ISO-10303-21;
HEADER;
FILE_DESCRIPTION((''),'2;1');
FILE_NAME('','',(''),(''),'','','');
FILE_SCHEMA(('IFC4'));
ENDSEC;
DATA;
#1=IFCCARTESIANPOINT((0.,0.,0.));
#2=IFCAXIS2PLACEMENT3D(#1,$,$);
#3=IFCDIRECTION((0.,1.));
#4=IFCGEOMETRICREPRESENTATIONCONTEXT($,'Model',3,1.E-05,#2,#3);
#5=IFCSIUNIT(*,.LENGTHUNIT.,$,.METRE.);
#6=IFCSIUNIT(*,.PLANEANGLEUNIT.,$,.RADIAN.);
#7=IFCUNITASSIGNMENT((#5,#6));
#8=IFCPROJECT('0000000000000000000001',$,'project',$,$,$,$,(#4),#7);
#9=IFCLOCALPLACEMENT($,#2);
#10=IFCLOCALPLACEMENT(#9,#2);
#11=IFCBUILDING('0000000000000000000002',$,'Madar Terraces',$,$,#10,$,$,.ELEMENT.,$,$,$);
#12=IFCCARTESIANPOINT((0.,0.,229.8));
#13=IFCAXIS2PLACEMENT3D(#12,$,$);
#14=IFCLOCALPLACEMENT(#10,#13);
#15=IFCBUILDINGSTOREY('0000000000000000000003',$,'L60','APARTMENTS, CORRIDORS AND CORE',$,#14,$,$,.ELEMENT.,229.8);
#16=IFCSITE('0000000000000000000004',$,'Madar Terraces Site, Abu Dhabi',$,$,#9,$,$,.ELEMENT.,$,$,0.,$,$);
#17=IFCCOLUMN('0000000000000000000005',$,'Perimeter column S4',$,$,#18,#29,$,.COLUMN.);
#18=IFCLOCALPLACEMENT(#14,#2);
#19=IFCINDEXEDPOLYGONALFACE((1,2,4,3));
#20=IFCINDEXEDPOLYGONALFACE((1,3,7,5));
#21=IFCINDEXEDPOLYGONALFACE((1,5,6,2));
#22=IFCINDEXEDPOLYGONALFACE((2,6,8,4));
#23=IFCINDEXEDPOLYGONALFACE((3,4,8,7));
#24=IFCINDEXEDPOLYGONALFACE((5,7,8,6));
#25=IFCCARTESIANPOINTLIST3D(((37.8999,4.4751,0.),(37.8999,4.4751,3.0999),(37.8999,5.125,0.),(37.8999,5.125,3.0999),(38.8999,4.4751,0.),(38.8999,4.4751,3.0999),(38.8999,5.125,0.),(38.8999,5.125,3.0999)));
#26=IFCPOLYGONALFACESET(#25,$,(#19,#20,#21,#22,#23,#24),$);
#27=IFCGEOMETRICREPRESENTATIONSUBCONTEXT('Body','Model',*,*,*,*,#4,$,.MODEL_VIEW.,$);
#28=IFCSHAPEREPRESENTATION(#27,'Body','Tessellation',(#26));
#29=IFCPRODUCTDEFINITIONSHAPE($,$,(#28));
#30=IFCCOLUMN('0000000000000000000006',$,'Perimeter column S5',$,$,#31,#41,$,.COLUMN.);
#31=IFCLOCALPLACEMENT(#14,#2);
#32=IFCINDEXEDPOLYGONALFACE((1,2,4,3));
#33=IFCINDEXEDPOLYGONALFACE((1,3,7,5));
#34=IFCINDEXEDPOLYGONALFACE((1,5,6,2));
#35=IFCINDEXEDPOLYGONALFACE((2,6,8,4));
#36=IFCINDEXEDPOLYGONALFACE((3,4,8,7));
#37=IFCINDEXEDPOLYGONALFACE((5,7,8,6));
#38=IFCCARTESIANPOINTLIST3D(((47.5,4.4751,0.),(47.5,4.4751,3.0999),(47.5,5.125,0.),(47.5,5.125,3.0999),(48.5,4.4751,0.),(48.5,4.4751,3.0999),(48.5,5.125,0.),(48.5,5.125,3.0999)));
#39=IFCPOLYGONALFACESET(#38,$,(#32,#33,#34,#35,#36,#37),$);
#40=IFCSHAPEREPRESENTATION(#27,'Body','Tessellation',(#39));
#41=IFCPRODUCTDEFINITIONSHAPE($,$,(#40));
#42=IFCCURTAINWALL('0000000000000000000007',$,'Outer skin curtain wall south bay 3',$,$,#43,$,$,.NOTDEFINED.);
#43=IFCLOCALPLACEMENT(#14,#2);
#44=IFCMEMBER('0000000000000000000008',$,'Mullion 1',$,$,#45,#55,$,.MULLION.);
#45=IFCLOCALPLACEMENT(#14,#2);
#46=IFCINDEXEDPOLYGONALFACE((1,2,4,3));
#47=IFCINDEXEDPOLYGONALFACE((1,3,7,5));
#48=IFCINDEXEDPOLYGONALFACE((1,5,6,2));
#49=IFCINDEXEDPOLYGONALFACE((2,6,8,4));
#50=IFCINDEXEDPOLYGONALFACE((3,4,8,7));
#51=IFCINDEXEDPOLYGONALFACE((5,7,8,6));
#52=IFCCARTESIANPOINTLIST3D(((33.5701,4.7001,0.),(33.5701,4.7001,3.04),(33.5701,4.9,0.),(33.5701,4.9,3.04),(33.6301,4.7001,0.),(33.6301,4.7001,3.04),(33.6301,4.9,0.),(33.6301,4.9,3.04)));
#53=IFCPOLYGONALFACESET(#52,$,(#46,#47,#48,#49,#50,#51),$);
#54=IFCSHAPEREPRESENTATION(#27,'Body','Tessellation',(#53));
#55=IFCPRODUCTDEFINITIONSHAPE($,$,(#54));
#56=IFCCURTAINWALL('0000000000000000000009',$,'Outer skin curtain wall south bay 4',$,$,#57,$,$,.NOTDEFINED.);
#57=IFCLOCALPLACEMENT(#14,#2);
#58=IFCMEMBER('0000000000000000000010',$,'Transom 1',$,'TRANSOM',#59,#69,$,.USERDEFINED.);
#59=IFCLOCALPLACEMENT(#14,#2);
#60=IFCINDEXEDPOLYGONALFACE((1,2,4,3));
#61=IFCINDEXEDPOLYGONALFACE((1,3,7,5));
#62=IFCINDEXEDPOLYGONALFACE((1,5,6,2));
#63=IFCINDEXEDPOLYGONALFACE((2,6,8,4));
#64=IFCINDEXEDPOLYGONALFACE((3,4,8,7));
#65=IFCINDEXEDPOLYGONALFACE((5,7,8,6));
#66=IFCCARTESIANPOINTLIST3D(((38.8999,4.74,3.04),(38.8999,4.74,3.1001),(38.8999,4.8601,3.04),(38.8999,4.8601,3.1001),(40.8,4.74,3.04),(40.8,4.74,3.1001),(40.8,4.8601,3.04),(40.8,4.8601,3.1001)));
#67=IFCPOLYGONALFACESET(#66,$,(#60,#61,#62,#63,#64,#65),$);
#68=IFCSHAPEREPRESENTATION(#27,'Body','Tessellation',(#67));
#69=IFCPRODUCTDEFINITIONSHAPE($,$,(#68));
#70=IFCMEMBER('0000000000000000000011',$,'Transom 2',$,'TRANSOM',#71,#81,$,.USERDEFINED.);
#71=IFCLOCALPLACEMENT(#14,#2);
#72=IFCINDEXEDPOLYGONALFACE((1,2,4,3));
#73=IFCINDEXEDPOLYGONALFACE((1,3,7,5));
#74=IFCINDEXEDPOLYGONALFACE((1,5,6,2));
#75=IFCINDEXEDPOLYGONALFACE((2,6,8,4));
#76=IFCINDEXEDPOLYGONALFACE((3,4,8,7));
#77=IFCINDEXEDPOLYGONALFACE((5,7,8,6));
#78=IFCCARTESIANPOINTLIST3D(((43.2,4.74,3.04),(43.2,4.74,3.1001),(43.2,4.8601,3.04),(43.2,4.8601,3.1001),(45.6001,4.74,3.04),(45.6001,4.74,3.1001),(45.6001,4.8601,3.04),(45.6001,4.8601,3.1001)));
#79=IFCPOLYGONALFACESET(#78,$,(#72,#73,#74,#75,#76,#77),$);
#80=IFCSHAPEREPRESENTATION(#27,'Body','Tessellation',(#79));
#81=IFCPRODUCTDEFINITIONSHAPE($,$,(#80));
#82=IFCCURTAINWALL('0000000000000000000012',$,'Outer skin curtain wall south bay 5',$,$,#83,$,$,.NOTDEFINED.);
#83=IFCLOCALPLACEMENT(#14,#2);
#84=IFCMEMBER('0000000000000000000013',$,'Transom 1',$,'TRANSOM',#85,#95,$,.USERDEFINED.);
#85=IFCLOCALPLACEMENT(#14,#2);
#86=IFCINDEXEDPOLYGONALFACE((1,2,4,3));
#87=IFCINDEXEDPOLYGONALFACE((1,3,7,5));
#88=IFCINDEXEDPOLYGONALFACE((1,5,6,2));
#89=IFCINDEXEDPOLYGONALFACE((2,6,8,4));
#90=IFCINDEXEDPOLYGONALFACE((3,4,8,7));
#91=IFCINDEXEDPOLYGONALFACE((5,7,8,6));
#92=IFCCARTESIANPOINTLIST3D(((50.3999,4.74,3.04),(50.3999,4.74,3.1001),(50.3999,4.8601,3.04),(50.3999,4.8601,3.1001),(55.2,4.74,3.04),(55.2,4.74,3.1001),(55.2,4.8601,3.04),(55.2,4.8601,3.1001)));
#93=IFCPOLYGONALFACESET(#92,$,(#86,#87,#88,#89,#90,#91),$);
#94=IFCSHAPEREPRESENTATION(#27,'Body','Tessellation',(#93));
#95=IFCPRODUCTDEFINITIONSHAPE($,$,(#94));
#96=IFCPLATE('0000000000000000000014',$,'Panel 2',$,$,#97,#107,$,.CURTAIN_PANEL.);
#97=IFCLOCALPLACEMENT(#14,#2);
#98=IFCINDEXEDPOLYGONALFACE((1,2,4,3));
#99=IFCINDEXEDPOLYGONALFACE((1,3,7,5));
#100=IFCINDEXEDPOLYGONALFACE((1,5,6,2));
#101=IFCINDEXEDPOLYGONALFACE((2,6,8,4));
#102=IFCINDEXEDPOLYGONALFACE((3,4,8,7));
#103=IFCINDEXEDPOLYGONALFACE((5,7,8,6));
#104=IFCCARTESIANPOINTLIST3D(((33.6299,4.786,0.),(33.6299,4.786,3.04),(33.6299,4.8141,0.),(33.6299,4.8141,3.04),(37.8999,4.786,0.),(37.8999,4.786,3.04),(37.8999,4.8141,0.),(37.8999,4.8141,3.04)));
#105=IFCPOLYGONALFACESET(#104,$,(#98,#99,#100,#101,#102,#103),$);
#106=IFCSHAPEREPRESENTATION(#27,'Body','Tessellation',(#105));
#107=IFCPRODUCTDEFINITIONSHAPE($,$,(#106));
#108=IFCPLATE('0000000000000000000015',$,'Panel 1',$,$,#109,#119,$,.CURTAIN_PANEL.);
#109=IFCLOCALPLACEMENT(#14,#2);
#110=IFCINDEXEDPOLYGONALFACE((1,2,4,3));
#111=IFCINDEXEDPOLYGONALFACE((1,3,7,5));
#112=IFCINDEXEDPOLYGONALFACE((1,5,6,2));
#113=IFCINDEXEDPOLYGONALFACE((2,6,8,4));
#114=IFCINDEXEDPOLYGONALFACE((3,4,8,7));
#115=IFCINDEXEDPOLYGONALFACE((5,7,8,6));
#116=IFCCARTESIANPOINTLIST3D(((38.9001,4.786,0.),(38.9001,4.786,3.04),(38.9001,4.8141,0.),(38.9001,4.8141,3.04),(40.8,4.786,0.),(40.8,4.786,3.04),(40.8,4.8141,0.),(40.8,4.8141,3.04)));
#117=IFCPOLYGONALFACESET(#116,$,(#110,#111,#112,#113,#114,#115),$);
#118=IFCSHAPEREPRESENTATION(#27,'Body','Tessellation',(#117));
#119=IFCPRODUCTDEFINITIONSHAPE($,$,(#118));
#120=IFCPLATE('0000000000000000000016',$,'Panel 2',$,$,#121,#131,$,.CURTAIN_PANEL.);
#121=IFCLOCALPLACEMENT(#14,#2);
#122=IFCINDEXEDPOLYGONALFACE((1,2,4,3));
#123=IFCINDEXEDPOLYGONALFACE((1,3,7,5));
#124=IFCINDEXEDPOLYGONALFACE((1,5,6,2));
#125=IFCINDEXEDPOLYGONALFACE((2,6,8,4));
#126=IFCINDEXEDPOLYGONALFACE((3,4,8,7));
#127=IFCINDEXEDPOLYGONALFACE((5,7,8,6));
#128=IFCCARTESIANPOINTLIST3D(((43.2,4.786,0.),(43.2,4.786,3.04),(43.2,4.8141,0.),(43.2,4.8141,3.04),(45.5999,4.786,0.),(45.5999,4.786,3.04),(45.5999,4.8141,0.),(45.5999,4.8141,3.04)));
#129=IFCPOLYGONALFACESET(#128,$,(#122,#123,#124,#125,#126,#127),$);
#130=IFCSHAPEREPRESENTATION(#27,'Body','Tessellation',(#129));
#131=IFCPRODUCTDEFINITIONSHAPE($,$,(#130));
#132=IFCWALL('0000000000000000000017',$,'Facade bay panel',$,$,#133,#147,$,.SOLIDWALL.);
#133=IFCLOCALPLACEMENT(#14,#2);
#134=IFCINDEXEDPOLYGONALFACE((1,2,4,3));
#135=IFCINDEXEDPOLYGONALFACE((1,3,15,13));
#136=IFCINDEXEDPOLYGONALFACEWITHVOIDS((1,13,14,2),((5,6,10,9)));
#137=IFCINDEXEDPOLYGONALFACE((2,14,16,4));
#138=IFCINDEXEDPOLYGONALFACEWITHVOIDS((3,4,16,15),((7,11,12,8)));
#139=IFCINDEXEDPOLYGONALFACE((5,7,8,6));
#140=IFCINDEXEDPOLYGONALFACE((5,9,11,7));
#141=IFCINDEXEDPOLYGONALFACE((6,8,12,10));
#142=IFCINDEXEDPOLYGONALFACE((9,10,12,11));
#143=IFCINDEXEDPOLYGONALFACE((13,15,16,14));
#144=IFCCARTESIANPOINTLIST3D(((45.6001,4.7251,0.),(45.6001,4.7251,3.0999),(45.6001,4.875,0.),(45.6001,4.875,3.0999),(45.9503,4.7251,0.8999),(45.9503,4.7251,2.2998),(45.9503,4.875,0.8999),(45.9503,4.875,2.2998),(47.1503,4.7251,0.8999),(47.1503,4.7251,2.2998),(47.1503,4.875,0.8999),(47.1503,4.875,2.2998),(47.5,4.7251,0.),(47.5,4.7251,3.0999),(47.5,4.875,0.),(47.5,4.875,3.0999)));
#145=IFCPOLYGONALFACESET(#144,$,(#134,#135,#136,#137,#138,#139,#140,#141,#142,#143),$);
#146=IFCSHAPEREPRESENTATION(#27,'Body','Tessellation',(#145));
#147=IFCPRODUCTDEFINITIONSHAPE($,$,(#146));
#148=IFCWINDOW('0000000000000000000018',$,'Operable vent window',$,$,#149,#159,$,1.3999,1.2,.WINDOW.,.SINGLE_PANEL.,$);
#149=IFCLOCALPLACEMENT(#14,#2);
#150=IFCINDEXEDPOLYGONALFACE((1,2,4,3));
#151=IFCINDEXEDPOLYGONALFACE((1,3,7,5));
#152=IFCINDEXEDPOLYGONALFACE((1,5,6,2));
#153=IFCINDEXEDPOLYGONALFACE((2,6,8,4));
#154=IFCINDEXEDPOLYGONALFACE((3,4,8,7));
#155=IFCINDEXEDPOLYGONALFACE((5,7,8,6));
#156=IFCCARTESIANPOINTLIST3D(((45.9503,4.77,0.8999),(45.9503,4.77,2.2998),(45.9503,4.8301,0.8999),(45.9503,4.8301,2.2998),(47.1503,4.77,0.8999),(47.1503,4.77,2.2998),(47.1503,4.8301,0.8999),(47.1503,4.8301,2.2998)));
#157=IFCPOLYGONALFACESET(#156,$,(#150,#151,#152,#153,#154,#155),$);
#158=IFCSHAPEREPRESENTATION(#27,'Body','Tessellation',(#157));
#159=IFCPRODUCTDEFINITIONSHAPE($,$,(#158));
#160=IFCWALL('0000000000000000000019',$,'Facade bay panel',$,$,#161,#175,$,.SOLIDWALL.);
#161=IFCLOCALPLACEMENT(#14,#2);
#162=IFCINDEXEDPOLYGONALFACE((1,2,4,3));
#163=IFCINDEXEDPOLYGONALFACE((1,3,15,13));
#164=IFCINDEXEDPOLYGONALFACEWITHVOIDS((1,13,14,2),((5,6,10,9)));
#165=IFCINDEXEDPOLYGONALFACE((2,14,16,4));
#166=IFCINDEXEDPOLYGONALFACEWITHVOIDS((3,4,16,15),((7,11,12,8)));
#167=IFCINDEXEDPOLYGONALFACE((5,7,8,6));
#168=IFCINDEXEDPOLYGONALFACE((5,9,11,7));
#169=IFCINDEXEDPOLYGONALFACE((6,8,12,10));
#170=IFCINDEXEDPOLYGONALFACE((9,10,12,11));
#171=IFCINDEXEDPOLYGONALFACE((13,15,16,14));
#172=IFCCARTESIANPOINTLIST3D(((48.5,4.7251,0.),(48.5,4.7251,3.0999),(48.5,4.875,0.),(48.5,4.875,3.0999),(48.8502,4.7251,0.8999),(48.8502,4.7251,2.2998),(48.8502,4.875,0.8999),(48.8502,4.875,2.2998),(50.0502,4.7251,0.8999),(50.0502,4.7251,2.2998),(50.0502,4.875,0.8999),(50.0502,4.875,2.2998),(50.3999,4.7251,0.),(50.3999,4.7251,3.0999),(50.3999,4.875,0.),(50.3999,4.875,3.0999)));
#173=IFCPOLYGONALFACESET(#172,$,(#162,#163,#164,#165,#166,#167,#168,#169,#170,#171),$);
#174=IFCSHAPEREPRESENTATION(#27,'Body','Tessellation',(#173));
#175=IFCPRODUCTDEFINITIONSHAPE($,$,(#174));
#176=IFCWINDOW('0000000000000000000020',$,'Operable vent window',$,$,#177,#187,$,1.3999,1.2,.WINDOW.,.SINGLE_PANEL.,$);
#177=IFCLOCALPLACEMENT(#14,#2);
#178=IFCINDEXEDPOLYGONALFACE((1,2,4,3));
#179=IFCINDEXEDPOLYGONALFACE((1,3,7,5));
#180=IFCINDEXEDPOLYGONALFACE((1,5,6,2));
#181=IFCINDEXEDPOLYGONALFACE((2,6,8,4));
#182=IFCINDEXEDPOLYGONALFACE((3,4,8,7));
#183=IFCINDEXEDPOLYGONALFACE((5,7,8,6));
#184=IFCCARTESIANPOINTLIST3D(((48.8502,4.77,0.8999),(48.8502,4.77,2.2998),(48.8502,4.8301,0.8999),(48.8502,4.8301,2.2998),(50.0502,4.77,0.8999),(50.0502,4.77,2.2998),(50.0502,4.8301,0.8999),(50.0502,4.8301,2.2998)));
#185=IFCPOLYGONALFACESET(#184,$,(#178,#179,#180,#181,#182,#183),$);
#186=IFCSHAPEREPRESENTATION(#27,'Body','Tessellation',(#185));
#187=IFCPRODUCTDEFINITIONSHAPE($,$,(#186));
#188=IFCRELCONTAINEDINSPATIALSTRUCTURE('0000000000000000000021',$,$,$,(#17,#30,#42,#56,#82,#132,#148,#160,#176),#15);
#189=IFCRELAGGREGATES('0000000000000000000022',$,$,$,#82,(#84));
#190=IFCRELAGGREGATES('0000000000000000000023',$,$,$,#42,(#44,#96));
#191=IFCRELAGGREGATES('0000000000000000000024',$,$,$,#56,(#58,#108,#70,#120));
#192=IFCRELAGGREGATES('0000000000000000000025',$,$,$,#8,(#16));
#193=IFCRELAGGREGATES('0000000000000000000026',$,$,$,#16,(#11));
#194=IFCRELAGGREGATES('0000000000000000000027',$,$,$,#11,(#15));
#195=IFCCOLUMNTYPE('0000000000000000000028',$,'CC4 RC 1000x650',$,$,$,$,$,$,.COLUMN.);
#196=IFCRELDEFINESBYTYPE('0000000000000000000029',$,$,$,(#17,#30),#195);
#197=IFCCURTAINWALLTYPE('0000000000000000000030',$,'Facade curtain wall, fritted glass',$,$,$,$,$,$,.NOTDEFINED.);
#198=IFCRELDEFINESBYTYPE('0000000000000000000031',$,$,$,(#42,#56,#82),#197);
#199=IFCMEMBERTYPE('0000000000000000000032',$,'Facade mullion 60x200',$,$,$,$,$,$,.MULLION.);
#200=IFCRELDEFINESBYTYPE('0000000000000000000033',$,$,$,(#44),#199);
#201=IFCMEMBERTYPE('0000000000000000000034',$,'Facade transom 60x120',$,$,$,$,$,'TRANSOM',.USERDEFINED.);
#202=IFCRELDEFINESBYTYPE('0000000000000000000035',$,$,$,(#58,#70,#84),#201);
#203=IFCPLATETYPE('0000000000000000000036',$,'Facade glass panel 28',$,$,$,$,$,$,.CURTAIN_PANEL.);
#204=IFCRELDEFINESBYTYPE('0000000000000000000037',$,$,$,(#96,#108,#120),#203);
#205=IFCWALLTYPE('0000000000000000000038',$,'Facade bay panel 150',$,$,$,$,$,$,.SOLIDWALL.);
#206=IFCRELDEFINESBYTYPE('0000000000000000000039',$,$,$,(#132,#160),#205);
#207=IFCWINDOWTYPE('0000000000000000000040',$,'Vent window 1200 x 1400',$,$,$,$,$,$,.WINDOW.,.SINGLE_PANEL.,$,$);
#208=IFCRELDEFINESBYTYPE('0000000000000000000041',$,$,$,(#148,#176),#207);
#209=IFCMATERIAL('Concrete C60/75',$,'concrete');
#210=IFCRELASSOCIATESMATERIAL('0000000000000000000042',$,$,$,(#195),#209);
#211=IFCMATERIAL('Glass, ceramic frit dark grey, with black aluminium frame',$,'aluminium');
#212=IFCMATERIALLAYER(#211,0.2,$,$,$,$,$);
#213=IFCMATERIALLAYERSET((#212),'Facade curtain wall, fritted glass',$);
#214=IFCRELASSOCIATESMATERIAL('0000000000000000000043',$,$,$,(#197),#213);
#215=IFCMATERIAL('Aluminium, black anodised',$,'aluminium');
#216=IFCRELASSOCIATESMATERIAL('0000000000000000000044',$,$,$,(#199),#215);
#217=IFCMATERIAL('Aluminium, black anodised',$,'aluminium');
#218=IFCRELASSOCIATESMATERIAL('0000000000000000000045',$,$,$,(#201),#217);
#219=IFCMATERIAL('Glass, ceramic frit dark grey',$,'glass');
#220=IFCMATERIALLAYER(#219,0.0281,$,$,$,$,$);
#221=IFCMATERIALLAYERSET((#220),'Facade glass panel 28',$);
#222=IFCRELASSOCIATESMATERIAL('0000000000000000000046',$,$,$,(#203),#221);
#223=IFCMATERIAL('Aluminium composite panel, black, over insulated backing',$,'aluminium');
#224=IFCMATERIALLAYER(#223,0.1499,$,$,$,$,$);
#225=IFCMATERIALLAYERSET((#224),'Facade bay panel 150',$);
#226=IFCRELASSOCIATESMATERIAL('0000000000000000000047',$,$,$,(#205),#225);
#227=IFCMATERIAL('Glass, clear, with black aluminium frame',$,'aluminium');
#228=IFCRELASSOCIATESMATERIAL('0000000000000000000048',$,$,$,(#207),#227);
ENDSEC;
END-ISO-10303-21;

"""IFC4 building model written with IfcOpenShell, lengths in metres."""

from ifc_helpers import new_model, si_unit, direction, frame, frame_2d, origin, origin_2d, place, context, subcontext, project, spatial, rectangle, extrude, material, layer, layer_set, material_profile, profile_set, type_object, element, fill, aggregate, save


model = new_model("IFC4")

# Units and contexts
model_context = context("Model", 3, precision=1e-05, world=origin(), true_north=direction((0.0, 1.0)))
body_context = subcontext(model_context, "Body", "Model", "MODEL_VIEW")
ifc_project = project(units=[si_unit("LENGTHUNIT", "METRE"), si_unit("PLANEANGLEUNIT", "RADIAN")], contexts=[model_context])

# Site, building, storey
site_placement = place(None, origin())
site = spatial("IfcSite", under=ifc_project, at=site_placement, Name="Madar Terraces Site, Abu Dhabi", CompositionType="ELEMENT", RefElevation=0.0)
building_placement = place(site_placement, origin())
building = spatial("IfcBuilding", under=site, at=building_placement, Name="Madar Terraces", CompositionType="ELEMENT")
storey_placement = place(building_placement, frame((0.0, 0.0, 229.8)))
storey = spatial("IfcBuildingStorey", under=building, at=storey_placement, Name="L60", Description="APARTMENTS, CORRIDORS AND CORE", CompositionType="ELEMENT", Elevation=229.8)

# Columns
ifc_material_1 = material(Name="Concrete C60/75", Category="concrete")
ifc_material_profile_1 = material_profile(ifc_material_1, rectangle(XDim=1.0, YDim=0.6499, at=origin_2d()), Name="CC4 RC 1000x650")
ifc_profile_set_1 = profile_set([ifc_material_profile_1], Name="Concrete C60/75")
column_type = type_object("IfcColumnType", Name="CC4 RC 1000x650", PredefinedType="COLUMN", material=ifc_profile_set_1)
for number, where, z_axis, x_axis, name in (
    (1, (38.3999, 4.8, 0.0), (0.0, 0.0, 1.0), (1.0, 0.0, 0.0), "Perimeter column S4"),
    (2, (48.0, 4.8, 0.0), (0.0, 0.0, 1.0), (1.0, 0.0, 0.0), "Perimeter column S5"),
):
    element("IfcColumn", number, at=place(storey_placement, frame(where, z_axis=z_axis, x_axis=x_axis)), inside=storey, type_object=column_type, Name=name, PredefinedType="COLUMN", context=body_context, shape_type="SweptSolid", body=[
        extrude(rectangle(XDim=1.0, YDim=0.6499, at=origin_2d()), origin(), (0.0, 0.0, 1.0), 3.0999),
    ])

# Curtain wall, member
ifc_material_2 = material(Name="Glass, ceramic frit dark grey, with black aluminium frame", Category="aluminium")
ifc_layer_1 = layer(ifc_material_2, 0.2)
ifc_layer_set_1 = layer_set([ifc_layer_1], Name="Facade curtain wall, fritted glass")
curtain_wall_type = type_object("IfcCurtainWallType", Name="Facade curtain wall, fritted glass", PredefinedType="NOTDEFINED", material=ifc_layer_set_1)
curtain_wall_1_placement = place(storey_placement, origin())
curtain_wall_1 = element("IfcCurtainWall", 3, at=curtain_wall_1_placement, inside=storey, type_object=curtain_wall_type, Name="Outer skin curtain wall south bay 3", PredefinedType="NOTDEFINED")
ifc_material_3 = material(Name="Aluminium, black anodised", Category="aluminium")
ifc_material_profile_2 = material_profile(ifc_material_3, rectangle(XDim=0.2, YDim=0.0601, at=origin_2d()), Name="Facade mullion 60x200")
ifc_profile_set_2 = profile_set([ifc_material_profile_2], Name="Aluminium, black anodised")
member_type_1 = type_object("IfcMemberType", Name="Facade mullion 60x200", PredefinedType="MULLION", material=ifc_profile_set_2)
member_1_placement = place(storey_placement, frame((33.6001, 4.8, 0.0), z_axis=(0.0, 0.0, 1.0), x_axis=(0.0, 1.0, 0.0)))
member_1 = element("IfcMember", 4, at=member_1_placement, type_object=member_type_1, Name="Mullion 1", PredefinedType="MULLION", context=body_context, shape_type="SweptSolid", body=[
    extrude(rectangle(XDim=0.2, YDim=0.0601, at=origin_2d()), origin(), (0.0, 0.0, 1.0), 3.04),
])

# Curtain wall, members
curtain_wall_2_placement = place(storey_placement, origin())
curtain_wall_2 = element("IfcCurtainWall", 5, at=curtain_wall_2_placement, inside=storey, type_object=curtain_wall_type, Name="Outer skin curtain wall south bay 4", PredefinedType="NOTDEFINED")
ifc_material_4 = material(Name="Aluminium, black anodised", Category="aluminium")
ifc_material_profile_3 = material_profile(ifc_material_4, rectangle(XDim=0.1201, YDim=0.0601, at=origin_2d()), Name="Facade transom 60x120")
ifc_profile_set_3 = profile_set([ifc_material_profile_3], Name="Aluminium, black anodised")
member_type_2 = type_object("IfcMemberType", Name="Facade transom 60x120", ElementType="TRANSOM", PredefinedType="USERDEFINED", material=ifc_profile_set_3)
member_2_placement = place(storey_placement, frame((38.8999, 4.8, 3.0701), z_axis=(1.0, 0.0, 0.0), x_axis=(0.0, 1.0, 0.0)))
member_2 = element("IfcMember", 6, at=member_2_placement, type_object=member_type_2, Name="Transom 1", ObjectType="TRANSOM", PredefinedType="USERDEFINED", context=body_context, shape_type="SweptSolid", body=[
    extrude(rectangle(XDim=0.1201, YDim=0.0601, at=origin_2d()), origin(), (0.0, 0.0, 1.0), 1.9001),
])
member_3_placement = place(storey_placement, frame((43.2, 4.8, 3.0701), z_axis=(1.0, 0.0, 0.0), x_axis=(0.0, 1.0, 0.0)))
member_3 = element("IfcMember", 7, at=member_3_placement, type_object=member_type_2, Name="Transom 2", ObjectType="TRANSOM", PredefinedType="USERDEFINED", context=body_context, shape_type="SweptSolid", body=[
    extrude(rectangle(XDim=0.1201, YDim=0.0601, at=origin_2d()), origin(), (0.0, 0.0, 1.0), 2.4001),
])

# Curtain wall, member
curtain_wall_3_placement = place(storey_placement, origin())
curtain_wall_3 = element("IfcCurtainWall", 8, at=curtain_wall_3_placement, inside=storey, type_object=curtain_wall_type, Name="Outer skin curtain wall south bay 5", PredefinedType="NOTDEFINED")
member_4_placement = place(storey_placement, frame((50.3999, 4.8, 3.0701), z_axis=(1.0, 0.0, 0.0), x_axis=(0.0, 1.0, 0.0)))
member_4 = element("IfcMember", 9, at=member_4_placement, type_object=member_type_2, Name="Transom 1", ObjectType="TRANSOM", PredefinedType="USERDEFINED", context=body_context, shape_type="SweptSolid", body=[
    extrude(rectangle(XDim=0.1201, YDim=0.0601, at=origin_2d()), origin(), (0.0, 0.0, 1.0), 4.8),
])
aggregate(curtain_wall_3, [member_4])

# Plates
ifc_material_5 = material(Name="Glass, ceramic frit dark grey", Category="glass")
ifc_layer_2 = layer(ifc_material_5, 0.0281)
ifc_layer_set_2 = layer_set([ifc_layer_2], Name="Facade glass panel 28")
plate_type = type_object("IfcPlateType", Name="Facade glass panel 28", PredefinedType="CURTAIN_PANEL", material=ifc_layer_set_2)
plate_1_placement = place(storey_placement, frame((35.7649, 4.8, 0.0), z_axis=(0.0, 0.0, 1.0), x_axis=(1.0, 0.0, 0.0)))
plate_1 = element("IfcPlate", 10, at=plate_1_placement, type_object=plate_type, Name="Panel 2", PredefinedType="CURTAIN_PANEL", context=body_context, shape_type="SweptSolid", body=[
    extrude(rectangle(XDim=4.27, YDim=0.0281, at=origin_2d()), origin(), (0.0, 0.0, 1.0), 3.04),
])
aggregate(curtain_wall_1, [member_1, plate_1])
plate_2_placement = place(storey_placement, frame((39.8501, 4.8, 0.0), z_axis=(0.0, 0.0, 1.0), x_axis=(1.0, 0.0, 0.0)))
plate_2 = element("IfcPlate", 11, at=plate_2_placement, type_object=plate_type, Name="Panel 1", PredefinedType="CURTAIN_PANEL", context=body_context, shape_type="SweptSolid", body=[
    extrude(rectangle(XDim=1.8999, YDim=0.0281, at=origin_2d()), origin(), (0.0, 0.0, 1.0), 3.04),
])
plate_3_placement = place(storey_placement, frame((44.3999, 4.8, 0.0), z_axis=(0.0, 0.0, 1.0), x_axis=(1.0, 0.0, 0.0)))
plate_3 = element("IfcPlate", 12, at=plate_3_placement, type_object=plate_type, Name="Panel 2", PredefinedType="CURTAIN_PANEL", context=body_context, shape_type="SweptSolid", body=[
    extrude(rectangle(XDim=2.3999, YDim=0.0281, at=origin_2d()), origin(), (0.0, 0.0, 1.0), 3.04),
])
aggregate(curtain_wall_2, [member_2, plate_2, member_3, plate_3])

# Shared definitions
ifc_material_6 = material(Name="Aluminium composite panel, black, over insulated backing", Category="aluminium")
ifc_layer_3 = layer(ifc_material_6, 0.1499)
ifc_layer_set_3 = layer_set([ifc_layer_3], Name="Facade bay panel 150")
wall_type_1 = type_object("IfcWallType", Name="Facade bay panel 150", PredefinedType="SOLIDWALL", material=ifc_layer_set_3)

# Walls, openings, windows
wall_1_placement = place(storey_placement, frame((45.6001, 4.8, 0.0), z_axis=(0.0, 0.0, 1.0), x_axis=(1.0, 0.0, 0.0)))
wall_1 = element("IfcWall", 13, at=wall_1_placement, inside=storey, type_object=wall_type_1, Name="Facade bay panel", PredefinedType="SOLIDWALL", context=body_context, shape_type="SweptSolid", body=[
    extrude(rectangle(XDim=1.8999, YDim=0.1499, at=frame_2d((0.95, 0.0))), origin(), (0.0, 0.0, 1.0), 3.0999),
])
opening_1_placement = place(wall_1_placement, frame((0.3501, 0.0, 0.8999)))
opening_1 = element("IfcOpeningElement", 14, at=opening_1_placement, cuts=wall_1, PredefinedType="OPENING", context=body_context, shape_type="SweptSolid", body=[
    extrude(rectangle(XDim=1.2, YDim=1.3999, at=frame_2d((0.6001, 0.7))), frame((0.0, 0.085, 0.0), z_axis=(0.0, -1.0, 0.0), x_axis=(1.0, 0.0, 0.0)), (0.0, 0.0, 1.0), 0.1699),
])
ifc_material_7 = material(Name="Glass, clear, with black aluminium frame", Category="aluminium")
window_type = type_object("IfcWindowType", Name="Vent window 1200 x 1400", PartitioningType="SINGLE_PANEL", PredefinedType="WINDOW", material=ifc_material_7)
window_1_placement = place(opening_1_placement, origin())
window_1 = element("IfcWindow", 15, at=window_1_placement, inside=storey, type_object=window_type, Name="Operable vent window", OverallHeight=1.3999, OverallWidth=1.2, PartitioningType="SINGLE_PANEL", PredefinedType="WINDOW", context=body_context, shape_type="SweptSolid", body=[
    extrude(rectangle(XDim=1.2, YDim=1.3999, at=frame_2d((0.6001, 0.7))), frame((0.0, 0.03, 0.0), z_axis=(0.0, -1.0, 0.0), x_axis=(1.0, 0.0, 0.0)), (0.0, 0.0, 1.0), 0.0601),
])
fill(opening_1, window_1)
wall_2_placement = place(storey_placement, frame((48.5, 4.8, 0.0), z_axis=(0.0, 0.0, 1.0), x_axis=(1.0, 0.0, 0.0)))
wall_2 = element("IfcWall", 16, at=wall_2_placement, inside=storey, type_object=wall_type_1, Name="Facade bay panel", PredefinedType="SOLIDWALL", context=body_context, shape_type="SweptSolid", body=[
    extrude(rectangle(XDim=1.8999, YDim=0.1499, at=frame_2d((0.95, 0.0))), origin(), (0.0, 0.0, 1.0), 3.0999),
])
opening_2_placement = place(wall_2_placement, frame((0.3501, 0.0, 0.8999)))
opening_2 = element("IfcOpeningElement", 17, at=opening_2_placement, cuts=wall_2, PredefinedType="OPENING", context=body_context, shape_type="SweptSolid", body=[
    extrude(rectangle(XDim=1.2, YDim=1.3999, at=frame_2d((0.6001, 0.7))), frame((0.0, 0.085, 0.0), z_axis=(0.0, -1.0, 0.0), x_axis=(1.0, 0.0, 0.0)), (0.0, 0.0, 1.0), 0.1699),
])
window_2_placement = place(opening_2_placement, origin())
window_2 = element("IfcWindow", 18, at=window_2_placement, inside=storey, type_object=window_type, Name="Operable vent window", OverallHeight=1.3999, OverallWidth=1.2, PartitioningType="SINGLE_PANEL", PredefinedType="WINDOW", context=body_context, shape_type="SweptSolid", body=[
    extrude(rectangle(XDim=1.2, YDim=1.3999, at=frame_2d((0.6001, 0.7))), frame((0.0, 0.03, 0.0), z_axis=(0.0, -1.0, 0.0), x_axis=(1.0, 0.0, 0.0)), (0.0, 0.0, 1.0), 0.0601),
])
fill(opening_2, window_2)

save(model, "model.ifc")
